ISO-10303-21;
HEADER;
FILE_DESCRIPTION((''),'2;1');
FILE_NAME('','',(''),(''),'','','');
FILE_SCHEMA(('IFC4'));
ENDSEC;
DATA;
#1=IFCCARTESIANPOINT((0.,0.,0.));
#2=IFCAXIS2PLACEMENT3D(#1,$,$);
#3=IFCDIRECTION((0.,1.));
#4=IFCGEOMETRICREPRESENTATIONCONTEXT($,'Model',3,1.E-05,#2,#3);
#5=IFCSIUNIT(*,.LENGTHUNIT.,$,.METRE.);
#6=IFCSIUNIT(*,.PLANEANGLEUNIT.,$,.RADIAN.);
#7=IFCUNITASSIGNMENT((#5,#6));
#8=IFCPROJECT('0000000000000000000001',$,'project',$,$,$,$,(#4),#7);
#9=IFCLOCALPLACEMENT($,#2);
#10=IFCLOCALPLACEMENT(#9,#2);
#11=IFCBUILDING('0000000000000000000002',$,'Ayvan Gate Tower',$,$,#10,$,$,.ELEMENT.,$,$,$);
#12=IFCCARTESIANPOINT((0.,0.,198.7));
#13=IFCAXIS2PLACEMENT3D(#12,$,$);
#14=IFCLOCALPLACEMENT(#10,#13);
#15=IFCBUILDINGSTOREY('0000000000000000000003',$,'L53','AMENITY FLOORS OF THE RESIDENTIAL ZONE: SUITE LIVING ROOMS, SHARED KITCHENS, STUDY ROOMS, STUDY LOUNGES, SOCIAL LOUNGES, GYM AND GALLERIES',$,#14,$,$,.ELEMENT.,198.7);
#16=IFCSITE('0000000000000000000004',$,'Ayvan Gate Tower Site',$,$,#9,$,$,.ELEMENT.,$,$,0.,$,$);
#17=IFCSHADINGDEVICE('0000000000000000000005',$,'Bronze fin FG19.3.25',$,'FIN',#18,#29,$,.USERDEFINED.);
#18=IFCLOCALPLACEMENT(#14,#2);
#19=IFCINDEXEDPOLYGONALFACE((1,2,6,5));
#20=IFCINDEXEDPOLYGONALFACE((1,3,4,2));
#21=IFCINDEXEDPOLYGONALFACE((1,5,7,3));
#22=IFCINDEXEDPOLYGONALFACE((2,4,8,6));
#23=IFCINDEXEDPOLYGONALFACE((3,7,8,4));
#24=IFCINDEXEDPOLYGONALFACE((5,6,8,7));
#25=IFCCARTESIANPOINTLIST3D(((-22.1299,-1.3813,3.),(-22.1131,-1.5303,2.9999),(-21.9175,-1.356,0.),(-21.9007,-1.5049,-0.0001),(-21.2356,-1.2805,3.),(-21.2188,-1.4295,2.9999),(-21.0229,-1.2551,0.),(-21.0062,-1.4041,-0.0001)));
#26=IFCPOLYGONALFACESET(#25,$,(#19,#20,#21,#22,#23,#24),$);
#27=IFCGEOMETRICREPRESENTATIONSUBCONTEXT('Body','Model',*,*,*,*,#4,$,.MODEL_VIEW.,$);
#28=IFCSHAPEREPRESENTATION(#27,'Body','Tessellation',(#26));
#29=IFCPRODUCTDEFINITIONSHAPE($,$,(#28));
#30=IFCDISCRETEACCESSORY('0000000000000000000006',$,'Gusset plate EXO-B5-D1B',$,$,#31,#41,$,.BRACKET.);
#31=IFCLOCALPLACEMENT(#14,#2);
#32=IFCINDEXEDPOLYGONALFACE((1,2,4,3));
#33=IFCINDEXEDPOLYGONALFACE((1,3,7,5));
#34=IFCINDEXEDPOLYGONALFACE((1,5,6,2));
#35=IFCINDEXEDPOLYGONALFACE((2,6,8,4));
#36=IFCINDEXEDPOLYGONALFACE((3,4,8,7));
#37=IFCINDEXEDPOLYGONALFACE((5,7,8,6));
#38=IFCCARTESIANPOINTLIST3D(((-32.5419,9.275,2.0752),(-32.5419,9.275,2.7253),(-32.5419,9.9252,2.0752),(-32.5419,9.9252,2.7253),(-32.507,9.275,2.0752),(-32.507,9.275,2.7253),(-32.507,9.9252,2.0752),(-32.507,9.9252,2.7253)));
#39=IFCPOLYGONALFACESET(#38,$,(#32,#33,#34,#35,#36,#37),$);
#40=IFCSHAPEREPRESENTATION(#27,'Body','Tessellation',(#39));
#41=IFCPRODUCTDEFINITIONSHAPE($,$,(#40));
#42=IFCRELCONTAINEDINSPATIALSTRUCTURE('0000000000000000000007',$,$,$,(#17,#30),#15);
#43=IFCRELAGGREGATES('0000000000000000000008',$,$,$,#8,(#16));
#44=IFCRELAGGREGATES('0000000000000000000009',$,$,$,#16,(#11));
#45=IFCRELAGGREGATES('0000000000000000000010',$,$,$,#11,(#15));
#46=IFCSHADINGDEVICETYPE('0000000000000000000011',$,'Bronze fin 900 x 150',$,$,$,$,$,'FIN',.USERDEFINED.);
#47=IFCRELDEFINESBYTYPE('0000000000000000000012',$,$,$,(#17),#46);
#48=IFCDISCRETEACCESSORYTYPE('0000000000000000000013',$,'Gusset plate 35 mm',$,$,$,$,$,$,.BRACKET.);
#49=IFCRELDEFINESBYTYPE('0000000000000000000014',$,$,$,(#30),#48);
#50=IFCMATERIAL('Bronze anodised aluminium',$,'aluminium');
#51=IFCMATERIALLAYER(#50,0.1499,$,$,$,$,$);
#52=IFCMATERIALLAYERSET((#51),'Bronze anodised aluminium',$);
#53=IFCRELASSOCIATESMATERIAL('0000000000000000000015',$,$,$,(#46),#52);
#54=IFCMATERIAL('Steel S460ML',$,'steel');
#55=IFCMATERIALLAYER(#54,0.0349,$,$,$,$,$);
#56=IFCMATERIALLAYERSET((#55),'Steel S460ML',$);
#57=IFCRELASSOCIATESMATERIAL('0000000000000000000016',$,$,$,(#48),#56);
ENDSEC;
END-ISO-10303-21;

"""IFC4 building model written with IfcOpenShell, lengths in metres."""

from ifc_helpers import new_model, si_unit, direction, frame, origin, origin_2d, place, context, subcontext, project, spatial, polyline, rectangle, outline, extrude, material, layer, layer_set, type_object, element, save


model = new_model("IFC4")

# Units and contexts
model_context = context("Model", 3, precision=1e-05, world=origin(), true_north=direction((0.0, 1.0)))
body_context = subcontext(model_context, "Body", "Model", "MODEL_VIEW")
ifc_project = project(units=[si_unit("LENGTHUNIT", "METRE"), si_unit("PLANEANGLEUNIT", "RADIAN")], contexts=[model_context])

# Site, building, storey
site_placement = place(None, origin())
site = spatial("IfcSite", under=ifc_project, at=site_placement, Name="Ayvan Gate Tower Site", CompositionType="ELEMENT", RefElevation=0.0)
building_placement = place(site_placement, origin())
building = spatial("IfcBuilding", under=site, at=building_placement, Name="Ayvan Gate Tower", CompositionType="ELEMENT")
storey_placement = place(building_placement, frame((0.0, 0.0, 198.7)))
storey = spatial("IfcBuildingStorey", under=building, at=storey_placement, Name="L53", Description="AMENITY FLOORS OF THE RESIDENTIAL ZONE: SUITE LIVING ROOMS, SHARED KITCHENS, STUDY ROOMS, STUDY LOUNGES, SOCIAL LOUNGES, GYM AND GALLERIES", CompositionType="ELEMENT", Elevation=198.7)

# Shared definitions
ifc_material_1 = material(Name="Bronze anodised aluminium", Category="aluminium")

# Shading device
ifc_layer_1 = layer(ifc_material_1, 0.1499)
ifc_layer_set_1 = layer_set([ifc_layer_1], Name="Bronze anodised aluminium")
shading_device_type = type_object("IfcShadingDeviceType", Name="Bronze fin 900 x 150", ElementType="FIN", PredefinedType="USERDEFINED", material=ifc_layer_set_1)
shading_device_1_placement = place(storey_placement, frame((-21.0229, -1.2551, 0.0), z_axis=(-0.112024, 0.993705, 0.000474), x_axis=(-0.993705, -0.112024, 0.0)))
element("IfcShadingDevice", 1, at=shading_device_1_placement, inside=storey, type_object=shading_device_type, Name="Bronze fin FG19.3.25", ObjectType="FIN", PredefinedType="USERDEFINED", context=body_context, shape_type="SweptSolid", body=[
    extrude(outline(polyline([(0.0, 0.0), (0.9002, 0.0), (1.1141, 3.0), (0.2142, 3.0), (0.0, 0.0)])), origin(), (0.0, 0.0, -1.0), 0.1499),
])

# Discrete accessory
ifc_material_2 = material(Name="Steel S460ML", Category="steel")
ifc_layer_2 = layer(ifc_material_2, 0.0349)
ifc_layer_set_2 = layer_set([ifc_layer_2], Name="Steel S460ML")
discrete_accessory_type = type_object("IfcDiscreteAccessoryType", Name="Gusset plate 35 mm", PredefinedType="BRACKET", material=ifc_layer_set_2)
discrete_accessory_placement = place(storey_placement, frame((-32.5244, 9.6001, 2.0752), z_axis=(0.0, 0.0, 1.0), x_axis=(0.0, 1.0, 0.0)))
element("IfcDiscreteAccessory", 2, at=discrete_accessory_placement, inside=storey, type_object=discrete_accessory_type, Name="Gusset plate EXO-B5-D1B", PredefinedType="BRACKET", context=body_context, shape_type="SweptSolid", body=[
    extrude(rectangle(XDim=0.6501, YDim=0.0349, at=origin_2d()), origin(), (0.0, 0.0, 1.0), 0.6501),
])

save(model, "model.ifc")
